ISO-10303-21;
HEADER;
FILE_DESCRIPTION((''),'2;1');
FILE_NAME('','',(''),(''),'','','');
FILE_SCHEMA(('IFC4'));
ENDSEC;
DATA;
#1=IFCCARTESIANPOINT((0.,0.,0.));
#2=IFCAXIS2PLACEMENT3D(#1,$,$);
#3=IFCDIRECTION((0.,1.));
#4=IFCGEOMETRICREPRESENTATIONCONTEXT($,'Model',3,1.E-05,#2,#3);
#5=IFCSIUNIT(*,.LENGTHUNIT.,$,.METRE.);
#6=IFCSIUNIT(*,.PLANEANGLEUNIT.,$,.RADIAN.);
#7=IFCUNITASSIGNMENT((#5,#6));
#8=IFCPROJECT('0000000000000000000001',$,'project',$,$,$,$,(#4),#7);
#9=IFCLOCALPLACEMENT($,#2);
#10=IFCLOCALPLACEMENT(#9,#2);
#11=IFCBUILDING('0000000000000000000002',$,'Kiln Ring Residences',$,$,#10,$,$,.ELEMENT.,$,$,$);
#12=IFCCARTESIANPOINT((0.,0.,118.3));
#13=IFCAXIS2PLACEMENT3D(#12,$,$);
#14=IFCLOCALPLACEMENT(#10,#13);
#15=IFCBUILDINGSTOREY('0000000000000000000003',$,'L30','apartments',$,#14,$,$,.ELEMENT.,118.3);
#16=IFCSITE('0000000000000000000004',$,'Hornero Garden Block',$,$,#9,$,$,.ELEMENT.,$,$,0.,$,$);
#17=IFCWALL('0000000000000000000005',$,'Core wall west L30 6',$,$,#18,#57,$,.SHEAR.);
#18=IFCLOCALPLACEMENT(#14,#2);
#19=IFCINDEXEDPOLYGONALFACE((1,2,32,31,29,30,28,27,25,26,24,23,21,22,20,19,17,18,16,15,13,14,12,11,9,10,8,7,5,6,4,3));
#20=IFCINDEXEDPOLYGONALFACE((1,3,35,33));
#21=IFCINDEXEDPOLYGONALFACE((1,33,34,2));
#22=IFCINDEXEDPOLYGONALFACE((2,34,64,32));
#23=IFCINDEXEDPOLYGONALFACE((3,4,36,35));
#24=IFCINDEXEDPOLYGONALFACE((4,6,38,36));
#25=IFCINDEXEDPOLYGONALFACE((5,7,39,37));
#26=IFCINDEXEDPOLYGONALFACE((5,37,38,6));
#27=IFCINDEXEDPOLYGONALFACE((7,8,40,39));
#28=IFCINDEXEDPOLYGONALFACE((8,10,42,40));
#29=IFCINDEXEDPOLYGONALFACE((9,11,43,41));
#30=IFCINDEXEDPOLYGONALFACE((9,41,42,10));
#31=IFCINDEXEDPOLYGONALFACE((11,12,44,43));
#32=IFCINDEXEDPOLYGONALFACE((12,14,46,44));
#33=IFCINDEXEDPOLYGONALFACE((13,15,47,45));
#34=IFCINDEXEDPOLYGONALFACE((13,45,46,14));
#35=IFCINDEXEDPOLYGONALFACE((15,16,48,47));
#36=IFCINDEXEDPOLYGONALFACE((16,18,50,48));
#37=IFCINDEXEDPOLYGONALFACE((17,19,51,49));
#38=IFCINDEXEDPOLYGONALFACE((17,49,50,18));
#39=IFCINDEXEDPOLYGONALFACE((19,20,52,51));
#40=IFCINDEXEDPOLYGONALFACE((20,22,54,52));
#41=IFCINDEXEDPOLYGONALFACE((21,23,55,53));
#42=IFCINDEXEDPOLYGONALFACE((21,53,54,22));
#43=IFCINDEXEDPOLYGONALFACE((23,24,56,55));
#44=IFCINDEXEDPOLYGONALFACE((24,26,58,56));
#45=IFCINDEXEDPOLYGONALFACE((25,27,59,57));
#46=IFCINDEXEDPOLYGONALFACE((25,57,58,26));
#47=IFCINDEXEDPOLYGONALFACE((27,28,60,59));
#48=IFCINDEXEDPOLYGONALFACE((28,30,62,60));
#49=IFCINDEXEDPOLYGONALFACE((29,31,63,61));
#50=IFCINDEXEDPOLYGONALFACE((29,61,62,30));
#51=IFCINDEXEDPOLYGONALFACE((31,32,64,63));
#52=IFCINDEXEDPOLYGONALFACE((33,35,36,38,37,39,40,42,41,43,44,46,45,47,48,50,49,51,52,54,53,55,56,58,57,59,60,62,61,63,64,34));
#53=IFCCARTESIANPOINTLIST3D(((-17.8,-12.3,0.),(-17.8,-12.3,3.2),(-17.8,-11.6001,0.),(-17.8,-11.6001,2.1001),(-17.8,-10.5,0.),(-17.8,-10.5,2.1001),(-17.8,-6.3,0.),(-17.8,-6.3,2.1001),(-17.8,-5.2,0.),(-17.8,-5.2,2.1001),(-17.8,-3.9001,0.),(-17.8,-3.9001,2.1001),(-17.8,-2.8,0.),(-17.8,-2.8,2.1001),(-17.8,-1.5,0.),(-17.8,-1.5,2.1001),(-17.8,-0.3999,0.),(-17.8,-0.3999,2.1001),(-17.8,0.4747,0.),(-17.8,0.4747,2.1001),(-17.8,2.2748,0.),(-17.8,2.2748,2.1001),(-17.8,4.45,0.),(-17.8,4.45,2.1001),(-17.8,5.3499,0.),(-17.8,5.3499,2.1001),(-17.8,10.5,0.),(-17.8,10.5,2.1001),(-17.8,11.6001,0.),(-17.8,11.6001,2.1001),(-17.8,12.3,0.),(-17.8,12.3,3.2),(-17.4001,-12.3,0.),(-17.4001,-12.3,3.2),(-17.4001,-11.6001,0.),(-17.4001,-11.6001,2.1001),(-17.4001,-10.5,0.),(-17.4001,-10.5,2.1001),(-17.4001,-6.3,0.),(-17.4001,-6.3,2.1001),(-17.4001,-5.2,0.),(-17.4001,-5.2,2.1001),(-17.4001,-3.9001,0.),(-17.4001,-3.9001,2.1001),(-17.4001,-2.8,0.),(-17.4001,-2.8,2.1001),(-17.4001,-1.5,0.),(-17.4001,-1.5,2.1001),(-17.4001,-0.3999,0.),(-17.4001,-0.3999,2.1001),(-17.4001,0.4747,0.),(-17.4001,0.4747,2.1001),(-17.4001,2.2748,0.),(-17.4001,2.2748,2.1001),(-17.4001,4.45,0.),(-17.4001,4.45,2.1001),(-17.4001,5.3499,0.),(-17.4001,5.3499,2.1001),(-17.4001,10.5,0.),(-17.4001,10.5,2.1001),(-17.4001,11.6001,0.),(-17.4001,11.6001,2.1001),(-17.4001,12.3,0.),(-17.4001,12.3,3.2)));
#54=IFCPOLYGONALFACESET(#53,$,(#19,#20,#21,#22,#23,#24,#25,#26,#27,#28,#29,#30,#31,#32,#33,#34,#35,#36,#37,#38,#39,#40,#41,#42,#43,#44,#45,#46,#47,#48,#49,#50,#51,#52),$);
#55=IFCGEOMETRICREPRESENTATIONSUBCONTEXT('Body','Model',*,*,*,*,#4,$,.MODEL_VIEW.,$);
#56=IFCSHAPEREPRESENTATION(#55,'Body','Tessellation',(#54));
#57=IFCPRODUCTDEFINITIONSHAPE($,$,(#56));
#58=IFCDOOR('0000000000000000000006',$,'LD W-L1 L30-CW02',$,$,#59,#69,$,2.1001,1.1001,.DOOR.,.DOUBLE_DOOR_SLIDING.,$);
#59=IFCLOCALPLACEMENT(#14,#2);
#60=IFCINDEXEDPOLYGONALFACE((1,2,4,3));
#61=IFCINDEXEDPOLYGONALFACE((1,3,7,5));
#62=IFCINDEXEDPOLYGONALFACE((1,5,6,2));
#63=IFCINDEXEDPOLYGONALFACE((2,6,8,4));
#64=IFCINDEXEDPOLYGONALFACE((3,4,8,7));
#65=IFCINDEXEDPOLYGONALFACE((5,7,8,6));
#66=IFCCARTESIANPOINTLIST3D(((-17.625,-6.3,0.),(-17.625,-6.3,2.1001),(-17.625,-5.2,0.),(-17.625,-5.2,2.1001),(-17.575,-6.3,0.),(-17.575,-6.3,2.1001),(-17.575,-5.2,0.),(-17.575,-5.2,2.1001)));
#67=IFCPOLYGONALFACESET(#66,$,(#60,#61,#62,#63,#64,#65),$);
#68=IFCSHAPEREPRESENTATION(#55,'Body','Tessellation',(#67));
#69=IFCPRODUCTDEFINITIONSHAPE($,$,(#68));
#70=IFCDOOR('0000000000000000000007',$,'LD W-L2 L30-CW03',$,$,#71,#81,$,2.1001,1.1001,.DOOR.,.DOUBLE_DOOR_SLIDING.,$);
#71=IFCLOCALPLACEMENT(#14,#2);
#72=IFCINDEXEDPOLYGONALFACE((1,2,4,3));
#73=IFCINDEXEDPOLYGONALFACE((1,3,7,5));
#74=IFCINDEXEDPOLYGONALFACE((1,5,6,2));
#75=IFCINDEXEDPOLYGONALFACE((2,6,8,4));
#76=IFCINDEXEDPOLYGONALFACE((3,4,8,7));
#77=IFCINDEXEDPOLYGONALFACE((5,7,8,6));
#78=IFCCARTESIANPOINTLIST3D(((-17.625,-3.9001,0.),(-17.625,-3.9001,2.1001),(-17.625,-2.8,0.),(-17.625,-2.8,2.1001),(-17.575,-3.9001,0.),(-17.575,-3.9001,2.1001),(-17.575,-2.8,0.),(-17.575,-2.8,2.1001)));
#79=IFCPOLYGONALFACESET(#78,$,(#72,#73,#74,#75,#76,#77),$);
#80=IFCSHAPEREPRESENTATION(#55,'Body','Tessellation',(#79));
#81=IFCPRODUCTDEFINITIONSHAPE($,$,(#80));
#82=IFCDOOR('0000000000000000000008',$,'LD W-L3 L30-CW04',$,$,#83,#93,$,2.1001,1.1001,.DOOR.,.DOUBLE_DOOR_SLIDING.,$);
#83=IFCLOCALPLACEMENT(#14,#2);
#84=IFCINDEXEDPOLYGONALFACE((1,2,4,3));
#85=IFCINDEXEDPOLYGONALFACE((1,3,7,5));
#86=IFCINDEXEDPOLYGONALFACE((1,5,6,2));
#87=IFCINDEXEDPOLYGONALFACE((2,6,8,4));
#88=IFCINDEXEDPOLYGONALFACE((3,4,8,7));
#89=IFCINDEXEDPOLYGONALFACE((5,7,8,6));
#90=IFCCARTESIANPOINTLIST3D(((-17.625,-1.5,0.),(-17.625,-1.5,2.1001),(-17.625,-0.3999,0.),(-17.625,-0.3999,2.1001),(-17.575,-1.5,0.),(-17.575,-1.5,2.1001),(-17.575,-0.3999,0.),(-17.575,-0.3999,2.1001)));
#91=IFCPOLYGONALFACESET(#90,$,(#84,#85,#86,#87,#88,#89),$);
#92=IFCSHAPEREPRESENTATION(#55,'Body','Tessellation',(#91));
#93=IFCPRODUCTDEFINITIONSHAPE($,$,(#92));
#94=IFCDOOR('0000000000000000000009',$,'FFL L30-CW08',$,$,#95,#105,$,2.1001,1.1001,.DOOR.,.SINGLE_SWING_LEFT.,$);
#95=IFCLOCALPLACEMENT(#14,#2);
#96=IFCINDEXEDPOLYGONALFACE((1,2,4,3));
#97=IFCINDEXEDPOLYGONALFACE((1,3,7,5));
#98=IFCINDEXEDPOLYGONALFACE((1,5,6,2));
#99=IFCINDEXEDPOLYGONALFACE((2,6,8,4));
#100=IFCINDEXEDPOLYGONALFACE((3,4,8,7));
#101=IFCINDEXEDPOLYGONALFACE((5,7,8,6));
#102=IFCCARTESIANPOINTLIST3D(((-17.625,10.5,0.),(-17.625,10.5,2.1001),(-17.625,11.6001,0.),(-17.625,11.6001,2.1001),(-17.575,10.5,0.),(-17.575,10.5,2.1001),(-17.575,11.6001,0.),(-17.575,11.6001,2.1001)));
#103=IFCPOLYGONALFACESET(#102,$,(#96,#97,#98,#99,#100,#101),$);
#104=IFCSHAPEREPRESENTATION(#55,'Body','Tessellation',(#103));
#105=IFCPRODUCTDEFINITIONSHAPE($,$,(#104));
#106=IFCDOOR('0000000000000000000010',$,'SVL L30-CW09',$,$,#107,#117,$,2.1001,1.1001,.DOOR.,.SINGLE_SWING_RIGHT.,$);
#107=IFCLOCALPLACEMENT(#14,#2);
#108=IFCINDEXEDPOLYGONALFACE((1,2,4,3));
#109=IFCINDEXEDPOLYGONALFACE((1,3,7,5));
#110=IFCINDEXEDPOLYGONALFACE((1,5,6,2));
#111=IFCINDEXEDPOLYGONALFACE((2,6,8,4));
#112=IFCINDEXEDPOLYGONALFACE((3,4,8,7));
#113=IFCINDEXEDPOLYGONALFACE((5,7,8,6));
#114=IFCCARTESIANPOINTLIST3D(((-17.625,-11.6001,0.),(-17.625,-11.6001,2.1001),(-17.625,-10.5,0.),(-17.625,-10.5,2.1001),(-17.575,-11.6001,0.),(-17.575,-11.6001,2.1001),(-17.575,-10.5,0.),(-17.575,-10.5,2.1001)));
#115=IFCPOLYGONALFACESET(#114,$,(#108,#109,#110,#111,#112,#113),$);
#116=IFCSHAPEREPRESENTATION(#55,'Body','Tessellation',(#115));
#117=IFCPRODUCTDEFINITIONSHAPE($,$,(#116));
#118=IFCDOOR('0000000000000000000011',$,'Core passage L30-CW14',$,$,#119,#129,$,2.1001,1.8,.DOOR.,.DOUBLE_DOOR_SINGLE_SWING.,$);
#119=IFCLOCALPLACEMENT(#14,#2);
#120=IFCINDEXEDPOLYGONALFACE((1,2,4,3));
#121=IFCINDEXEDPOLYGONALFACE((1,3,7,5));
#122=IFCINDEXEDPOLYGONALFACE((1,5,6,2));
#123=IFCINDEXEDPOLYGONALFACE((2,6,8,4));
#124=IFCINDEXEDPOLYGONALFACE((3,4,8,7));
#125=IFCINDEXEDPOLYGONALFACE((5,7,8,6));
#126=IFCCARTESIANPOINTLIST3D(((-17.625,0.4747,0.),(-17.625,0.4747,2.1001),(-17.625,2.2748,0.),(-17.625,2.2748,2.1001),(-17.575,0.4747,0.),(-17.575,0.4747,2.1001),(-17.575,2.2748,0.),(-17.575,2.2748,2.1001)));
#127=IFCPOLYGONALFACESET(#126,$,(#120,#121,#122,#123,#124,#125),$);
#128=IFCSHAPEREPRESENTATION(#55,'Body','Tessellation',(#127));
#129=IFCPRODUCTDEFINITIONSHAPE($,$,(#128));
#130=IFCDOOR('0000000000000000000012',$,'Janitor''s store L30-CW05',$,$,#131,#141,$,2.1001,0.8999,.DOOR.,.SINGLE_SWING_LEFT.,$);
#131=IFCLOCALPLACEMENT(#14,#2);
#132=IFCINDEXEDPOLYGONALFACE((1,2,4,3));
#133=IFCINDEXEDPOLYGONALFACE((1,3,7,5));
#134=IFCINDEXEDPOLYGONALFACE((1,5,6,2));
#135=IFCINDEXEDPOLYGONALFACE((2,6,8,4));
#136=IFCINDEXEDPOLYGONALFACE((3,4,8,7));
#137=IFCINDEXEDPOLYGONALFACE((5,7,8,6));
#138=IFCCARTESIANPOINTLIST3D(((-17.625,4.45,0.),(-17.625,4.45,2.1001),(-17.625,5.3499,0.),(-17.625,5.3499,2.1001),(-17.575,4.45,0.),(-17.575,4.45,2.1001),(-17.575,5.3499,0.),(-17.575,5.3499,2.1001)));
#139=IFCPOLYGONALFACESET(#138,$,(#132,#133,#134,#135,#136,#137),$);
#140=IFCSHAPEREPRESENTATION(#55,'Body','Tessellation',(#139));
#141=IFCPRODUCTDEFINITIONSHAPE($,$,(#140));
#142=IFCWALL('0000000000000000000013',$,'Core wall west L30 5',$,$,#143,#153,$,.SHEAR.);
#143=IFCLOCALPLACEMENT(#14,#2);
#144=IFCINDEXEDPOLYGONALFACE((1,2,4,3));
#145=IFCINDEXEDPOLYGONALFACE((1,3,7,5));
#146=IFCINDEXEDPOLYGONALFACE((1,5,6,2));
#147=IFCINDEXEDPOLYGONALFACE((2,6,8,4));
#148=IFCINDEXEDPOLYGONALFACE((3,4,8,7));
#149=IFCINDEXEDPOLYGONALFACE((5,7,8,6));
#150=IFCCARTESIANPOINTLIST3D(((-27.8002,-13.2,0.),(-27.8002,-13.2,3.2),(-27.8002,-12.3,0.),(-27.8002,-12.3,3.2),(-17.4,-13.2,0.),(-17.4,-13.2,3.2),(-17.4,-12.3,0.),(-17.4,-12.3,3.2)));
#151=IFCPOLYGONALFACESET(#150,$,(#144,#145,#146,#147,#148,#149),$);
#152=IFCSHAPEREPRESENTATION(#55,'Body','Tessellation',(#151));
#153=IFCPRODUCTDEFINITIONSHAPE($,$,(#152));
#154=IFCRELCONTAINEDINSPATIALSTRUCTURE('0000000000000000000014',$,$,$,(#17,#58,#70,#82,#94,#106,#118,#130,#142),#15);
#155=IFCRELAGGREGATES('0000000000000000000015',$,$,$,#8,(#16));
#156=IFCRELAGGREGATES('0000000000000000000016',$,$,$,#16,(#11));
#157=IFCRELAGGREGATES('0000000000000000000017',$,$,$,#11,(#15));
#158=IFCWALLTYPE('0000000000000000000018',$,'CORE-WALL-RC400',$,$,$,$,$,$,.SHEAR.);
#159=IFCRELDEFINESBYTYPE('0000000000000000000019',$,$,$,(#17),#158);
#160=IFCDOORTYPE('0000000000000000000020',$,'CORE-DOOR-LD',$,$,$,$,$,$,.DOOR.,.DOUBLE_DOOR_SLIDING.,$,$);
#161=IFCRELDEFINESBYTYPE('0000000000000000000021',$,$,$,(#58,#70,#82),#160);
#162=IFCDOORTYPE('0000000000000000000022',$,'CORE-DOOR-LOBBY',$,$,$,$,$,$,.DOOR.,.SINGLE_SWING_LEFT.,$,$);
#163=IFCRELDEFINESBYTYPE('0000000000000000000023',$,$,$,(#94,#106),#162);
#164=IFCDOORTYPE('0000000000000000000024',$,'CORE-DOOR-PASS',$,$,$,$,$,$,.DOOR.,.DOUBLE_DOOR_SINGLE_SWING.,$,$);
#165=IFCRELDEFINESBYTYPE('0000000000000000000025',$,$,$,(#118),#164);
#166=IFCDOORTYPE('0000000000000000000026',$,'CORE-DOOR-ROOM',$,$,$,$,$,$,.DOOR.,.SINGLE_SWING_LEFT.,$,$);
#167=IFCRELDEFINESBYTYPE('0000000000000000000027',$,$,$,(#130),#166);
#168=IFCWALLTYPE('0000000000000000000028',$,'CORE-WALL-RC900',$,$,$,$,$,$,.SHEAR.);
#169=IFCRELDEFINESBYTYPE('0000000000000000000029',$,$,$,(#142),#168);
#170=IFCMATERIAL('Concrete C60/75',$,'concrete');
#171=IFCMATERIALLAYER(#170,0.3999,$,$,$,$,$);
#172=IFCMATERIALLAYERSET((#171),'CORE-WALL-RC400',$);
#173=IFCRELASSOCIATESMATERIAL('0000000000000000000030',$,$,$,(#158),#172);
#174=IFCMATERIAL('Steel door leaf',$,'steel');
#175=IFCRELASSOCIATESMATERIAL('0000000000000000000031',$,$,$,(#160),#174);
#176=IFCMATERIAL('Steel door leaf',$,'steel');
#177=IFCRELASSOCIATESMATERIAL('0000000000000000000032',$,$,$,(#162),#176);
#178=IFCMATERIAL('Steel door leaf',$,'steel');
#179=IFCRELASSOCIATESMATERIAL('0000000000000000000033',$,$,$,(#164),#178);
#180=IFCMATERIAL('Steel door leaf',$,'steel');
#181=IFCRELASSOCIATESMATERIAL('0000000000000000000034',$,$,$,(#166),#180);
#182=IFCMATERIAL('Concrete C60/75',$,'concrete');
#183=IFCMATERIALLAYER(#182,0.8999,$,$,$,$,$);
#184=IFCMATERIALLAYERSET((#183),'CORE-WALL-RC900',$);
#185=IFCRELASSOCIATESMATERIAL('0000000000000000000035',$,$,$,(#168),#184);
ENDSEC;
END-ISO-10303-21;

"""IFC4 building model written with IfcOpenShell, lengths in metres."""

from ifc_helpers import new_model, si_unit, direction, frame, frame_2d, origin, place, context, subcontext, project, spatial, rectangle, extrude, material, layer, layer_set, type_object, element, fill, save


model = new_model("IFC4")

# Units and contexts
model_context = context("Model", 3, precision=1e-05, world=origin(), true_north=direction((0.0, 1.0)))
body_context = subcontext(model_context, "Body", "Model", "MODEL_VIEW")
ifc_project = project(units=[si_unit("LENGTHUNIT", "METRE"), si_unit("PLANEANGLEUNIT", "RADIAN")], contexts=[model_context])

# Site, building, storey
site_placement = place(None, origin())
site = spatial("IfcSite", under=ifc_project, at=site_placement, Name="Hornero Garden Block", CompositionType="ELEMENT", RefElevation=0.0)
building_placement = place(site_placement, origin())
building = spatial("IfcBuilding", under=site, at=building_placement, Name="Kiln Ring Residences", CompositionType="ELEMENT")
storey_placement = place(building_placement, frame((0.0, 0.0, 118.3)))
storey = spatial("IfcBuildingStorey", under=building, at=storey_placement, Name="L30", Description="apartments", CompositionType="ELEMENT", Elevation=118.3)

# Wall, openings, doors
ifc_material_1 = material(Name="Concrete C60/75", Category="concrete")
ifc_layer_1 = layer(ifc_material_1, 0.3999)
ifc_layer_set_1 = layer_set([ifc_layer_1], Name="CORE-WALL-RC400")
wall_type_1 = type_object("IfcWallType", Name="CORE-WALL-RC400", PredefinedType="SHEAR", material=ifc_layer_set_1)
wall_1_placement = place(storey_placement, frame((-17.6001, -12.3, 0.0), z_axis=(0.0, 0.0, 1.0), x_axis=(0.0, 1.0, 0.0)))
wall_1 = element("IfcWall", 1, at=wall_1_placement, inside=storey, type_object=wall_type_1, Name="Core wall west L30 6", PredefinedType="SHEAR", context=body_context, shape_type="SweptSolid", body=[
    extrude(rectangle(XDim=24.6001, YDim=0.3999, at=frame_2d((12.3, 0.0))), origin(), (0.0, 0.0, 1.0), 3.2),
])
opening_1_placement = place(wall_1_placement, frame((6.0, 0.0, 0.0)))
opening_1 = element("IfcOpeningElement", 2, at=opening_1_placement, cuts=wall_1, PredefinedType="OPENING", context=body_context, shape_type="SweptSolid", body=[
    extrude(rectangle(XDim=1.1001, YDim=2.1001, at=frame_2d((0.55, 1.05))), frame((0.0, 0.21, 0.0), z_axis=(0.0, -1.0, 0.0), x_axis=(1.0, 0.0, 0.0)), (0.0, 0.0, 1.0), 0.4199),
])
opening_2_placement = place(wall_1_placement, frame((8.3999, 0.0, 0.0)))
opening_2 = element("IfcOpeningElement", 3, at=opening_2_placement, cuts=wall_1, PredefinedType="OPENING", context=body_context, shape_type="SweptSolid", body=[
    extrude(rectangle(XDim=1.1001, YDim=2.1001, at=frame_2d((0.55, 1.05))), frame((0.0, 0.21, 0.0), z_axis=(0.0, -1.0, 0.0), x_axis=(1.0, 0.0, 0.0)), (0.0, 0.0, 1.0), 0.4199),
])
opening_3_placement = place(wall_1_placement, frame((10.8, 0.0, 0.0)))
opening_3 = element("IfcOpeningElement", 4, at=opening_3_placement, cuts=wall_1, PredefinedType="OPENING", context=body_context, shape_type="SweptSolid", body=[
    extrude(rectangle(XDim=1.1001, YDim=2.1001, at=frame_2d((0.55, 1.05))), frame((0.0, 0.21, 0.0), z_axis=(0.0, -1.0, 0.0), x_axis=(1.0, 0.0, 0.0)), (0.0, 0.0, 1.0), 0.4199),
])
opening_4_placement = place(wall_1_placement, frame((16.75, 0.0, 0.0)))
opening_4 = element("IfcOpeningElement", 5, at=opening_4_placement, cuts=wall_1, PredefinedType="OPENING", context=body_context, shape_type="SweptSolid", body=[
    extrude(rectangle(XDim=0.8999, YDim=2.1001, at=frame_2d((0.45, 1.05))), frame((0.0, 0.21, 0.0), z_axis=(0.0, -1.0, 0.0), x_axis=(1.0, 0.0, 0.0)), (0.0, 0.0, 1.0), 0.4199),
])
opening_5_placement = place(wall_1_placement, frame((22.8, 0.0, 0.0)))
opening_5 = element("IfcOpeningElement", 6, at=opening_5_placement, cuts=wall_1, PredefinedType="OPENING", context=body_context, shape_type="SweptSolid", body=[
    extrude(rectangle(XDim=1.1001, YDim=2.1001, at=frame_2d((0.55, 1.05))), frame((0.0, 0.21, 0.0), z_axis=(0.0, -1.0, 0.0), x_axis=(1.0, 0.0, 0.0)), (0.0, 0.0, 1.0), 0.4199),
])
opening_6_placement = place(wall_1_placement, frame((0.7, 0.0, 0.0)))
opening_6 = element("IfcOpeningElement", 7, at=opening_6_placement, cuts=wall_1, PredefinedType="OPENING", context=body_context, shape_type="SweptSolid", body=[
    extrude(rectangle(XDim=1.1001, YDim=2.1001, at=frame_2d((0.55, 1.05))), frame((0.0, 0.21, 0.0), z_axis=(0.0, -1.0, 0.0), x_axis=(1.0, 0.0, 0.0)), (0.0, 0.0, 1.0), 0.4199),
])
opening_7_placement = place(wall_1_placement, frame((12.7749, 0.0, 0.0)))
opening_7 = element("IfcOpeningElement", 8, at=opening_7_placement, cuts=wall_1, PredefinedType="OPENING", context=body_context, shape_type="SweptSolid", body=[
    extrude(rectangle(XDim=1.8, YDim=2.1001, at=frame_2d((0.8999, 1.05))), frame((0.0, 0.21, 0.0), z_axis=(0.0, -1.0, 0.0), x_axis=(1.0, 0.0, 0.0)), (0.0, 0.0, 1.0), 0.4199),
])
ifc_material_2 = material(Name="Steel door leaf", Category="steel")
door_type_1 = type_object("IfcDoorType", Name="CORE-DOOR-LD", OperationType="DOUBLE_DOOR_SLIDING", PredefinedType="DOOR", material=ifc_material_2)
door_1_placement = place(opening_1_placement, origin())
door_1 = element("IfcDoor", 9, at=door_1_placement, inside=storey, type_object=door_type_1, Name="LD W-L1 L30-CW02", OperationType="DOUBLE_DOOR_SLIDING", OverallHeight=2.1001, OverallWidth=1.1001, PredefinedType="DOOR", context=body_context, shape_type="SweptSolid", body=[
    extrude(rectangle(XDim=1.1001, YDim=2.1001, at=frame_2d((0.55, 1.05))), frame((0.0, 0.0249, 0.0), z_axis=(0.0, -1.0, 0.0), x_axis=(1.0, 0.0, 0.0)), (0.0, 0.0, 1.0), 0.05),
])
fill(opening_1, door_1)
door_2_placement = place(opening_2_placement, origin())
door_2 = element("IfcDoor", 10, at=door_2_placement, inside=storey, type_object=door_type_1, Name="LD W-L2 L30-CW03", OperationType="DOUBLE_DOOR_SLIDING", OverallHeight=2.1001, OverallWidth=1.1001, PredefinedType="DOOR", context=body_context, shape_type="SweptSolid", body=[
    extrude(rectangle(XDim=1.1001, YDim=2.1001, at=frame_2d((0.55, 1.05))), frame((0.0, 0.0249, 0.0), z_axis=(0.0, -1.0, 0.0), x_axis=(1.0, 0.0, 0.0)), (0.0, 0.0, 1.0), 0.05),
])
fill(opening_2, door_2)
door_3_placement = place(opening_3_placement, origin())
door_3 = element("IfcDoor", 11, at=door_3_placement, inside=storey, type_object=door_type_1, Name="LD W-L3 L30-CW04", OperationType="DOUBLE_DOOR_SLIDING", OverallHeight=2.1001, OverallWidth=1.1001, PredefinedType="DOOR", context=body_context, shape_type="SweptSolid", body=[
    extrude(rectangle(XDim=1.1001, YDim=2.1001, at=frame_2d((0.55, 1.05))), frame((0.0, 0.0249, 0.0), z_axis=(0.0, -1.0, 0.0), x_axis=(1.0, 0.0, 0.0)), (0.0, 0.0, 1.0), 0.05),
])
fill(opening_3, door_3)
ifc_material_3 = material(Name="Steel door leaf", Category="steel")
door_type_2 = type_object("IfcDoorType", Name="CORE-DOOR-LOBBY", OperationType="SINGLE_SWING_LEFT", PredefinedType="DOOR", material=ifc_material_3)
door_4_placement = place(opening_5_placement, origin())
door_4 = element("IfcDoor", 12, at=door_4_placement, inside=storey, type_object=door_type_2, Name="FFL L30-CW08", OperationType="SINGLE_SWING_LEFT", OverallHeight=2.1001, OverallWidth=1.1001, PredefinedType="DOOR", context=body_context, shape_type="SweptSolid", body=[
    extrude(rectangle(XDim=1.1001, YDim=2.1001, at=frame_2d((0.55, 1.05))), frame((0.0, 0.0249, 0.0), z_axis=(0.0, -1.0, 0.0), x_axis=(1.0, 0.0, 0.0)), (0.0, 0.0, 1.0), 0.05),
])
fill(opening_5, door_4)
door_5_placement = place(opening_6_placement, origin())
door_5 = element("IfcDoor", 13, at=door_5_placement, inside=storey, type_object=door_type_2, Name="SVL L30-CW09", OperationType="SINGLE_SWING_RIGHT", OverallHeight=2.1001, OverallWidth=1.1001, PredefinedType="DOOR", context=body_context, shape_type="SweptSolid", body=[
    extrude(rectangle(XDim=1.1001, YDim=2.1001, at=frame_2d((0.55, 1.05))), frame((0.0, 0.0249, 0.0), z_axis=(0.0, -1.0, 0.0), x_axis=(1.0, 0.0, 0.0)), (0.0, 0.0, 1.0), 0.05),
])
fill(opening_6, door_5)
ifc_material_4 = material(Name="Steel door leaf", Category="steel")
door_type_3 = type_object("IfcDoorType", Name="CORE-DOOR-PASS", OperationType="DOUBLE_DOOR_SINGLE_SWING", PredefinedType="DOOR", material=ifc_material_4)
door_6_placement = place(opening_7_placement, origin())
door_6 = element("IfcDoor", 14, at=door_6_placement, inside=storey, type_object=door_type_3, Name="Core passage L30-CW14", OperationType="DOUBLE_DOOR_SINGLE_SWING", OverallHeight=2.1001, OverallWidth=1.8, PredefinedType="DOOR", context=body_context, shape_type="SweptSolid", body=[
    extrude(rectangle(XDim=1.8, YDim=2.1001, at=frame_2d((0.8999, 1.05))), frame((0.0, 0.0249, 0.0), z_axis=(0.0, -1.0, 0.0), x_axis=(1.0, 0.0, 0.0)), (0.0, 0.0, 1.0), 0.05),
])
fill(opening_7, door_6)
ifc_material_5 = material(Name="Steel door leaf", Category="steel")
door_type_4 = type_object("IfcDoorType", Name="CORE-DOOR-ROOM", OperationType="SINGLE_SWING_LEFT", PredefinedType="DOOR", material=ifc_material_5)
door_7_placement = place(opening_4_placement, origin())
door_7 = element("IfcDoor", 15, at=door_7_placement, inside=storey, type_object=door_type_4, Name="Janitor's store L30-CW05", OperationType="SINGLE_SWING_LEFT", OverallHeight=2.1001, OverallWidth=0.8999, PredefinedType="DOOR", context=body_context, shape_type="SweptSolid", body=[
    extrude(rectangle(XDim=0.8999, YDim=2.1001, at=frame_2d((0.45, 1.05))), frame((0.0, 0.0249, 0.0), z_axis=(0.0, -1.0, 0.0), x_axis=(1.0, 0.0, 0.0)), (0.0, 0.0, 1.0), 0.05),
])
fill(opening_4, door_7)

# Wall
ifc_material_6 = material(Name="Concrete C60/75", Category="concrete")
ifc_layer_2 = layer(ifc_material_6, 0.8999)
ifc_layer_set_2 = layer_set([ifc_layer_2], Name="CORE-WALL-RC900")
wall_type_2 = type_object("IfcWallType", Name="CORE-WALL-RC900", PredefinedType="SHEAR", material=ifc_layer_set_2)
wall_2_placement = place(storey_placement, frame((-17.3999, -12.75, 0.0), z_axis=(0.0, 0.0, 1.0), x_axis=(-1.0, 0.0, 0.0)))
element("IfcWall", 16, at=wall_2_placement, inside=storey, type_object=wall_type_2, Name="Core wall west L30 5", PredefinedType="SHEAR", context=body_context, shape_type="SweptSolid", body=[
    extrude(rectangle(XDim=10.4001, YDim=0.8999, at=frame_2d((5.2002, 0.0))), origin(), (0.0, 0.0, 1.0), 3.2),
])

save(model, "model.ifc")
